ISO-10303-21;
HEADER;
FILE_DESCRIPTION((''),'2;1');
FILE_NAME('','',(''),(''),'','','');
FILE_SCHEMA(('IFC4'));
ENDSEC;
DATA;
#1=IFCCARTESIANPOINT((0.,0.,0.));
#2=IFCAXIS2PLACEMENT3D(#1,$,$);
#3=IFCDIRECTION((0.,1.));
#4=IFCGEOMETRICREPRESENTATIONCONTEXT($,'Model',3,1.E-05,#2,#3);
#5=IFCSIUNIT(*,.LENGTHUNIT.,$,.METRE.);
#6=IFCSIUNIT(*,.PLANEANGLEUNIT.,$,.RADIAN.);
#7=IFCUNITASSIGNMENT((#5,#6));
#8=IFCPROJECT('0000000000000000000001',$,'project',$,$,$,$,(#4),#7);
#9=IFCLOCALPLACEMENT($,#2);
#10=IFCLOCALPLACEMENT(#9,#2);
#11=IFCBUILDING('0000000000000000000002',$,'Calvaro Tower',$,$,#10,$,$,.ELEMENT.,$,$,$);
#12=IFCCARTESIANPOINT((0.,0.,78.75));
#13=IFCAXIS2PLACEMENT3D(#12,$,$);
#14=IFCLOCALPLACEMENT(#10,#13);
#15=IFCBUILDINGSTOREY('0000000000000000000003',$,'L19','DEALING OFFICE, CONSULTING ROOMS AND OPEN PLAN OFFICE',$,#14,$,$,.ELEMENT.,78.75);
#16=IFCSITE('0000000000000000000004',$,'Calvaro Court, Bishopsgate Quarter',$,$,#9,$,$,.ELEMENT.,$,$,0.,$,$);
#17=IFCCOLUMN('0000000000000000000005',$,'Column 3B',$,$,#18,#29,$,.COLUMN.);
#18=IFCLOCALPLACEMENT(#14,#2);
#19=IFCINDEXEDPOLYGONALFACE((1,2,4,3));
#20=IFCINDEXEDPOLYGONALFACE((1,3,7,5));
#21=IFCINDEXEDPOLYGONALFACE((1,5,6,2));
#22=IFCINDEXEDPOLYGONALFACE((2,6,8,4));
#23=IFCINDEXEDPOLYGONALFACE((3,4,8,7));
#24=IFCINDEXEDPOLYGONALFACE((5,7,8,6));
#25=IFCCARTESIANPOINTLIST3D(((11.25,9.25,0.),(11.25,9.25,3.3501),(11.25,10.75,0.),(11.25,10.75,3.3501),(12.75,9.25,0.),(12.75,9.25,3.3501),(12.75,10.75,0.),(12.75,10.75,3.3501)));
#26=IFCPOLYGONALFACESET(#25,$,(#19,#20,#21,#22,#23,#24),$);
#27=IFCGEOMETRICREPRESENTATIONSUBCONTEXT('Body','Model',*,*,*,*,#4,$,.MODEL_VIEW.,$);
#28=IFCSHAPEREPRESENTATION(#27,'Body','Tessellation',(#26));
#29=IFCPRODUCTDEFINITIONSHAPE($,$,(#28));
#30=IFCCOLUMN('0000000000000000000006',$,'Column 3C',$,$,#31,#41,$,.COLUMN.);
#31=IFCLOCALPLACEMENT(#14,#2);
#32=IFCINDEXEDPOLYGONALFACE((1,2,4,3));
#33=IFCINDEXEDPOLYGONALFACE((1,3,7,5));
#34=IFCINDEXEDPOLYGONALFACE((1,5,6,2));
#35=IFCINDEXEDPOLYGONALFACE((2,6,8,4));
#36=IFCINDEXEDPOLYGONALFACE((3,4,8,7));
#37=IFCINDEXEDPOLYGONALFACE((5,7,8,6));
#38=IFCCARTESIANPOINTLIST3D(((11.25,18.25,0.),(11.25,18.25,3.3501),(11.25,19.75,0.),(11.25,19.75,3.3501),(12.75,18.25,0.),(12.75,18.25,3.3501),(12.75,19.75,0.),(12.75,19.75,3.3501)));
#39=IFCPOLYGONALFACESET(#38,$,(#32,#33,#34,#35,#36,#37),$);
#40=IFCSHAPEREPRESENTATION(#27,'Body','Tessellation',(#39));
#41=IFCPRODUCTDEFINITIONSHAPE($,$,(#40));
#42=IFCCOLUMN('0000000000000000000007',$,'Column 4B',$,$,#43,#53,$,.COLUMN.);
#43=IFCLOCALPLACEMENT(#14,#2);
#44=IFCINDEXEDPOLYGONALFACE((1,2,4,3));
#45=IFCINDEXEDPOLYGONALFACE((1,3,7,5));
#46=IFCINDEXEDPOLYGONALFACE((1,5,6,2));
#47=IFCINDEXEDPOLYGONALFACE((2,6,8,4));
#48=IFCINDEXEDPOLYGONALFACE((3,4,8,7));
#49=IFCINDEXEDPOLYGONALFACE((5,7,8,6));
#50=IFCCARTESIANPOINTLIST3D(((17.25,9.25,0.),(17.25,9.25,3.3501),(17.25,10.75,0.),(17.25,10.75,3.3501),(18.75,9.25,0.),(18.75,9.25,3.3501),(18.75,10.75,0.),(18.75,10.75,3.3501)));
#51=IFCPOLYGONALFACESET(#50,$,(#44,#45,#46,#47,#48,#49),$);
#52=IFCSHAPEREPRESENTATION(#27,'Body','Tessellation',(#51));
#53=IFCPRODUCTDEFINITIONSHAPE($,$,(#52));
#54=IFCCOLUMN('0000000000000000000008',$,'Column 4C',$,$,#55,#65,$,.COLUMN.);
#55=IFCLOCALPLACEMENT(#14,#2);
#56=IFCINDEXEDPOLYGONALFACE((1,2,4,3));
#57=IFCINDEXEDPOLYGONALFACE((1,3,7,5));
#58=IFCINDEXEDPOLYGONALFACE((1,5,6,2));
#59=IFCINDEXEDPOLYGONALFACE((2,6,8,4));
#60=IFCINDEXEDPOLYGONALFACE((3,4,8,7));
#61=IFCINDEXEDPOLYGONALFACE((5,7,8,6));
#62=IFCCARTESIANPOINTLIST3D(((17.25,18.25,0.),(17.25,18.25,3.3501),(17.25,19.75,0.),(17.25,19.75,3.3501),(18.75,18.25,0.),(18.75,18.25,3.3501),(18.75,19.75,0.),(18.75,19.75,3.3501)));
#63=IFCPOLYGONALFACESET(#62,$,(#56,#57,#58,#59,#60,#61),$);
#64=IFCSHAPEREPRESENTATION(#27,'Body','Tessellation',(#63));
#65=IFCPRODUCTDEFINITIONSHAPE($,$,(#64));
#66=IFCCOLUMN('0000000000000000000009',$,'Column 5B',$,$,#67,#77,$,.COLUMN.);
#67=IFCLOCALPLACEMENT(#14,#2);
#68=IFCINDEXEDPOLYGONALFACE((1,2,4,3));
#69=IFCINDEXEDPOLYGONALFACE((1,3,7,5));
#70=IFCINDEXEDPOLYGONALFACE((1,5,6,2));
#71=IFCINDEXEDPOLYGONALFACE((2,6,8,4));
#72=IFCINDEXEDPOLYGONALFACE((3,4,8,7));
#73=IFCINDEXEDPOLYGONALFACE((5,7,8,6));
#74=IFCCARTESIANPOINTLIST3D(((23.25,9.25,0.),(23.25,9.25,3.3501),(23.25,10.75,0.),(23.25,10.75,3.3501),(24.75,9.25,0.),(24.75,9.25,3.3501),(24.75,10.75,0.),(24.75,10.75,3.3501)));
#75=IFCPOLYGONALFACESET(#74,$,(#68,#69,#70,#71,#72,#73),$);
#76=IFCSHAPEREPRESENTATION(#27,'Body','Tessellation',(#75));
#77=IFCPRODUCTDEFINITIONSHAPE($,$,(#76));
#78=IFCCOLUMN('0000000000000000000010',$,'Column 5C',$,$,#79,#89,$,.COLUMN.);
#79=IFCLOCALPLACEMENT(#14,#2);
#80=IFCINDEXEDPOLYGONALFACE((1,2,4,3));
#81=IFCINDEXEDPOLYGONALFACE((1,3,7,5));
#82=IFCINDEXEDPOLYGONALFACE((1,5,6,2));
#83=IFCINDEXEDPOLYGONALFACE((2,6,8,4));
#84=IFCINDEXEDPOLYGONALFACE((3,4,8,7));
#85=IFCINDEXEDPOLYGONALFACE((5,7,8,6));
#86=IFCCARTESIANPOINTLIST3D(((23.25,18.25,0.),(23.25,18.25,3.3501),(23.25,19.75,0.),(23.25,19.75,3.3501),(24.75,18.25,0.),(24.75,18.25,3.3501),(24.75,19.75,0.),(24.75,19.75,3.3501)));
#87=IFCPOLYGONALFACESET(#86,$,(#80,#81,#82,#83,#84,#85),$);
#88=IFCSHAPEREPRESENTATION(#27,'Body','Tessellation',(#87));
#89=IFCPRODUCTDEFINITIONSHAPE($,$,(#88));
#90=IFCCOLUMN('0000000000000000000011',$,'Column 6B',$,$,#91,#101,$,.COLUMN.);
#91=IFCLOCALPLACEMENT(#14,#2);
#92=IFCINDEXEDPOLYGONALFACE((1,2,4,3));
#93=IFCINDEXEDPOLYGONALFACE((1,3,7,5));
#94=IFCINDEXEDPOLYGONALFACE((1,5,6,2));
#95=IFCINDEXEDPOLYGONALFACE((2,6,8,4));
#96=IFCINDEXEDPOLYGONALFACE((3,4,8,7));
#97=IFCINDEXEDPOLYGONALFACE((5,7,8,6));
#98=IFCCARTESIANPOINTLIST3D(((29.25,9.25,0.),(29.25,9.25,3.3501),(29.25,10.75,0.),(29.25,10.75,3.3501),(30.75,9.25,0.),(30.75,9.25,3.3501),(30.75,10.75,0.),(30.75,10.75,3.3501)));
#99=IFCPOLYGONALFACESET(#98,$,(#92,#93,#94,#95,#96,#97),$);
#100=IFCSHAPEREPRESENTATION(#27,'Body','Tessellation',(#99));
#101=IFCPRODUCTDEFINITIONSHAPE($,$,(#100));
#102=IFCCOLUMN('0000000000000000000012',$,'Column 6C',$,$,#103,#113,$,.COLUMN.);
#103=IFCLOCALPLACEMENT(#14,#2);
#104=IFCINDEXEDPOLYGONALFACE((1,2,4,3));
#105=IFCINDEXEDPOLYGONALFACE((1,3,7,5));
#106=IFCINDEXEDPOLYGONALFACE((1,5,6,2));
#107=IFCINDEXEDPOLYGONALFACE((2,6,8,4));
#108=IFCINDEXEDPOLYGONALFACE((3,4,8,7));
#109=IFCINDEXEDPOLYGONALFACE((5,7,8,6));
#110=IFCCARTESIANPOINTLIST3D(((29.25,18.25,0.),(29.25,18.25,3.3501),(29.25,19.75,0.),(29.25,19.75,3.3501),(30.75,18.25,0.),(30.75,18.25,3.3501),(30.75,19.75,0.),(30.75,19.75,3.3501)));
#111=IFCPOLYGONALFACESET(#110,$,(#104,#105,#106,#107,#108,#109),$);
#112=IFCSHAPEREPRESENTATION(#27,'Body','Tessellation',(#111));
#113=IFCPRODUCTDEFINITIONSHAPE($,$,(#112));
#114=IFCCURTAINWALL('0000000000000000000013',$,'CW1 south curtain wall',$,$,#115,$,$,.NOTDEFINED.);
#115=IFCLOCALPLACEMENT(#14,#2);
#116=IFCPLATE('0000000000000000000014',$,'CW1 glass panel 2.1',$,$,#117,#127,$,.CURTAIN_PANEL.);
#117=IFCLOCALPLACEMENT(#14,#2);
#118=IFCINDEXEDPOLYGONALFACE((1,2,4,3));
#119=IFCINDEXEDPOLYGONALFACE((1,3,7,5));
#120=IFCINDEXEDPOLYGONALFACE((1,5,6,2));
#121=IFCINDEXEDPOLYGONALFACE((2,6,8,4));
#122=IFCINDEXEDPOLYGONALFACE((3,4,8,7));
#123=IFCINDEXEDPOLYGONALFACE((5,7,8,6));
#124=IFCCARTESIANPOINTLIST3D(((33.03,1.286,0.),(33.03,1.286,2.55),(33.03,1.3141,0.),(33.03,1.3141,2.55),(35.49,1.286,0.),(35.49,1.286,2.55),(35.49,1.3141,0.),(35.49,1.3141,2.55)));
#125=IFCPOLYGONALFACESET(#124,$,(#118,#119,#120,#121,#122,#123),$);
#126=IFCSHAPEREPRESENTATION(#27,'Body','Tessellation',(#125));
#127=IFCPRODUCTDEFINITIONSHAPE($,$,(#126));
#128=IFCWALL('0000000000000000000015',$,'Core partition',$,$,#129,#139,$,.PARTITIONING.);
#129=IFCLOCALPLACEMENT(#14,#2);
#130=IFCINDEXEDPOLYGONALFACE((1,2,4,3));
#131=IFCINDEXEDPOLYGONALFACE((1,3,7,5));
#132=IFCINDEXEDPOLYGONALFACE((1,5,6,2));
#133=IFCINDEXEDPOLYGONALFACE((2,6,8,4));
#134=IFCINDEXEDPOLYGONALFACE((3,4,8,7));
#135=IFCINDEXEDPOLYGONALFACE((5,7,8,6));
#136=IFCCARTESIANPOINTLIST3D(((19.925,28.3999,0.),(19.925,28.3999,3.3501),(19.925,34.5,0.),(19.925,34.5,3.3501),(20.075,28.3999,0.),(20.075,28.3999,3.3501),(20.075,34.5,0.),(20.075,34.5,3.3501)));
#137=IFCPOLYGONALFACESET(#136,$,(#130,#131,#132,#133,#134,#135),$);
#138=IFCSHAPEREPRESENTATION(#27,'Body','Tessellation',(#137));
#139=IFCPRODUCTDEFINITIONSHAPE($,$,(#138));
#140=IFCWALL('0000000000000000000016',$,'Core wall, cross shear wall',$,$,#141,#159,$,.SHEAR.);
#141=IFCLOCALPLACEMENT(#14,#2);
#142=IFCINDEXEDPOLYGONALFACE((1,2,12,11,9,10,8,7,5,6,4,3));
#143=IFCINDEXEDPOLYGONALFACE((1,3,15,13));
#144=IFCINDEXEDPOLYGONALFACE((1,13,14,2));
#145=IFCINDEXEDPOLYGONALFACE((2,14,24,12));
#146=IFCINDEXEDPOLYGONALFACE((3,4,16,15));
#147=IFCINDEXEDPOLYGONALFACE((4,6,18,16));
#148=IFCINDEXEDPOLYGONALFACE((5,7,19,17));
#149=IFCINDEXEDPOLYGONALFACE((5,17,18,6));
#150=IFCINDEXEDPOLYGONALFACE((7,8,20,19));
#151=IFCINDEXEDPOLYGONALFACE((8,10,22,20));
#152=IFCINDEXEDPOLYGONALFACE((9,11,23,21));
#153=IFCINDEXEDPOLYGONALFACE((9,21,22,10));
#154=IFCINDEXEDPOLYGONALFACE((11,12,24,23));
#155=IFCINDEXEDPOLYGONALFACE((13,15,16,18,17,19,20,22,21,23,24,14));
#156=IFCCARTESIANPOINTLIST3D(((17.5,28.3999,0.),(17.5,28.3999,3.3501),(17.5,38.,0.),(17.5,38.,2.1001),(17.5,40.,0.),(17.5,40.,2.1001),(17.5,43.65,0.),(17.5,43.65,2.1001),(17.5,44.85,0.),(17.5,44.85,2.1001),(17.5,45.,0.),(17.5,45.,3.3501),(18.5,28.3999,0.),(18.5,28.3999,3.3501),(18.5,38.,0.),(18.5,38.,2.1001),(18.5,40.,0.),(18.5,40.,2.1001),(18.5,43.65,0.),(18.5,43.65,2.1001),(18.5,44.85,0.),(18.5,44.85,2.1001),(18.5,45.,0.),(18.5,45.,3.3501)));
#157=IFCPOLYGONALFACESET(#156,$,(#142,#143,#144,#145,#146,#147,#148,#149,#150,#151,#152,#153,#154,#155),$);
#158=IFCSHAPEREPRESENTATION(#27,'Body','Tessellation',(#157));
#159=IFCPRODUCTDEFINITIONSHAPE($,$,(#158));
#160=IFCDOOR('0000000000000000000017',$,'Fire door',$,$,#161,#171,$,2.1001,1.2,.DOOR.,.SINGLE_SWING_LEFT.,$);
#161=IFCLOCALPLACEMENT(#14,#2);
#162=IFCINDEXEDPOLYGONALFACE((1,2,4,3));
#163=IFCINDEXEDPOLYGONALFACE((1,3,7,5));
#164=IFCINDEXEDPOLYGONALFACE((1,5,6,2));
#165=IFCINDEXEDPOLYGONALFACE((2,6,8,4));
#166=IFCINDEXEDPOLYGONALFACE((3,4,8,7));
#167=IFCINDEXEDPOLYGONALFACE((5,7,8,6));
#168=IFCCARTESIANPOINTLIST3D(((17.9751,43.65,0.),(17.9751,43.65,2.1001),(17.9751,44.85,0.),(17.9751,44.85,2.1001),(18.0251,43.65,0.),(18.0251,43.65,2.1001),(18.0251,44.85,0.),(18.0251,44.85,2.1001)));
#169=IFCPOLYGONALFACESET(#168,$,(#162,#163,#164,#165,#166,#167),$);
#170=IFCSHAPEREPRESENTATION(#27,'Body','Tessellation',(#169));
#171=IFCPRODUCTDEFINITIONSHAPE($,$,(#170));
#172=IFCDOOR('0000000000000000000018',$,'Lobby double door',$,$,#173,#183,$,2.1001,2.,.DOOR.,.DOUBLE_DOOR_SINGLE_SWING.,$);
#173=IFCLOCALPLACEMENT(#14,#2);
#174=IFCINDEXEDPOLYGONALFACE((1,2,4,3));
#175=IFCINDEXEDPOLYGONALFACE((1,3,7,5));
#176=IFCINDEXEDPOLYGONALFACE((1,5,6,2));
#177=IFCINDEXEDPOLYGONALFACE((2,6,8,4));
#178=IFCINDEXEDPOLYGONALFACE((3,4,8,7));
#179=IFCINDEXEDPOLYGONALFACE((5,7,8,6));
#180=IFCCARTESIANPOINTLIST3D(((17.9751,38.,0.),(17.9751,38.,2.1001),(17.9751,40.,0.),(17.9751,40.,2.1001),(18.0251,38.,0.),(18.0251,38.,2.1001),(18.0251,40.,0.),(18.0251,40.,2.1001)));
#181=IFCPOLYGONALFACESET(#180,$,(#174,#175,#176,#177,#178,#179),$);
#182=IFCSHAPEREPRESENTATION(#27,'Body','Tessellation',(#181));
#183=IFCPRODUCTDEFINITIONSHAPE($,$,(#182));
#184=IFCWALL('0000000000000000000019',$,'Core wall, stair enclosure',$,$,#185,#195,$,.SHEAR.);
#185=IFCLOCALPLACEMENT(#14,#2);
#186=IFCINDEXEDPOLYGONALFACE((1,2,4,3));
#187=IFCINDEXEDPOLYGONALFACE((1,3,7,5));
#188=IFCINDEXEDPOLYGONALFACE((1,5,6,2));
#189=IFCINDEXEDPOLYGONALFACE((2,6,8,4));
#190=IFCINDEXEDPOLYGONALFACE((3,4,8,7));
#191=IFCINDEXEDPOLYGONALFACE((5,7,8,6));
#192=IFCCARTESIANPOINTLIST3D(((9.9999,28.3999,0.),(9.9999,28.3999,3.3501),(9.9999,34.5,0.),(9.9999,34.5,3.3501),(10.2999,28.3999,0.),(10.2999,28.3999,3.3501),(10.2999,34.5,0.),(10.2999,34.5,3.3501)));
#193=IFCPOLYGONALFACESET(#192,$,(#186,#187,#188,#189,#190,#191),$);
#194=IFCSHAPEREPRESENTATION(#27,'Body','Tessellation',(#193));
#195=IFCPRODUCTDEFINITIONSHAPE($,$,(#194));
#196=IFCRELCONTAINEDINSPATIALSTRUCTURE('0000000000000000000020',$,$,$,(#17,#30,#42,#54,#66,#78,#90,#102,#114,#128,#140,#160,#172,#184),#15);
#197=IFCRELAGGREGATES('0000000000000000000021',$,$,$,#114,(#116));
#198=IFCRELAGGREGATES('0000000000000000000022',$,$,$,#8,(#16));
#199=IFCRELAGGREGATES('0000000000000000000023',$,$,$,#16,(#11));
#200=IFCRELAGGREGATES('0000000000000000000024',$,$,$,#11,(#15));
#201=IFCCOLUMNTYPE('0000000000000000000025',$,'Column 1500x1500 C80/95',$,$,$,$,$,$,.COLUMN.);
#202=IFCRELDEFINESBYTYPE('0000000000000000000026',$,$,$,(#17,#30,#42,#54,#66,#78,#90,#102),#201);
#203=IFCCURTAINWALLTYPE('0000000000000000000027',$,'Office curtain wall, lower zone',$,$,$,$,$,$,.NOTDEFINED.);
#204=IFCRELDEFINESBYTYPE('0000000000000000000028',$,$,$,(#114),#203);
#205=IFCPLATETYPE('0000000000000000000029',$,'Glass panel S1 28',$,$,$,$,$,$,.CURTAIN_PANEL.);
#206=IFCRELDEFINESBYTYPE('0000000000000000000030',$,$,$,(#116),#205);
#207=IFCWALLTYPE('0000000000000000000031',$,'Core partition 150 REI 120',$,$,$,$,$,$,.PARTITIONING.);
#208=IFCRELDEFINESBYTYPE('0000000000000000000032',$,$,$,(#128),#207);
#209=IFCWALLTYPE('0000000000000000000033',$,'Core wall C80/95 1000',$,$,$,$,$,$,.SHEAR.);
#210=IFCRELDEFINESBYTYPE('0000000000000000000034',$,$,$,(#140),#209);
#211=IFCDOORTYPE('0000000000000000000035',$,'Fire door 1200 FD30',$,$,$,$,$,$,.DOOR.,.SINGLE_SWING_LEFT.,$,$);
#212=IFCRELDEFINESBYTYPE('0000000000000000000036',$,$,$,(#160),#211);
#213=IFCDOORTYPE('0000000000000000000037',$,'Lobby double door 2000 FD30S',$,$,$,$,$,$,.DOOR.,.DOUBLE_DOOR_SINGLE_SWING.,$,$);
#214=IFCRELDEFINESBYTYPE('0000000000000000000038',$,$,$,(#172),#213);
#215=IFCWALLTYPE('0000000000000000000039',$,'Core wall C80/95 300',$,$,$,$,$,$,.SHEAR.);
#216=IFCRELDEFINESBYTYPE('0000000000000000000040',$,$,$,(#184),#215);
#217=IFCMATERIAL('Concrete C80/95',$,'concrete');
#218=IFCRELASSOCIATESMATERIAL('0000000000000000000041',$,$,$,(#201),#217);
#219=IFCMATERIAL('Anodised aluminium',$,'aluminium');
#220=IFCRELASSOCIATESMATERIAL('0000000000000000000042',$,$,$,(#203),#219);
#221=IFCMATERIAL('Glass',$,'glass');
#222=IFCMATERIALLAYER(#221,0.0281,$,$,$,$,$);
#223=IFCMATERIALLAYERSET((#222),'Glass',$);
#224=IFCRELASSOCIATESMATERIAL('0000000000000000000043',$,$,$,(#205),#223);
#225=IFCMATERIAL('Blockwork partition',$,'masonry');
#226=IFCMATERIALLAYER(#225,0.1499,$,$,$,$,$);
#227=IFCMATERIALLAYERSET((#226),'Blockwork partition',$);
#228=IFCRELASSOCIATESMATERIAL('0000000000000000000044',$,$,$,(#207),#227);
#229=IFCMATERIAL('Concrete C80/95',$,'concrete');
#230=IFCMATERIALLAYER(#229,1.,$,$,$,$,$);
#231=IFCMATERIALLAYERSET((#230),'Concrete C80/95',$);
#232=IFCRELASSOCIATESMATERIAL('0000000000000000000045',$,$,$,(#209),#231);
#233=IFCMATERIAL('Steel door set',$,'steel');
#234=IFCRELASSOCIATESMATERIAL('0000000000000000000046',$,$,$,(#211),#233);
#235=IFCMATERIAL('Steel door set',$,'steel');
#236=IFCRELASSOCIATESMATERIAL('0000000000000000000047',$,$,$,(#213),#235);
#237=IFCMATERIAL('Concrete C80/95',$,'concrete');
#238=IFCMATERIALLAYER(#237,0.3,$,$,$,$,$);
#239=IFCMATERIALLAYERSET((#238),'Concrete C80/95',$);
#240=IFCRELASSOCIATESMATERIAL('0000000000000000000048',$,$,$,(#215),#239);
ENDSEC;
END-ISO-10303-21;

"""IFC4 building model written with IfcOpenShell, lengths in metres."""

from ifc_helpers import new_model, si_unit, direction, frame, frame_2d, origin, origin_2d, place, context, subcontext, project, spatial, rectangle, extrude, material, layer, layer_set, material_profile, profile_set, type_object, element, fill, aggregate, save


model = new_model("IFC4")

# Units and contexts
model_context = context("Model", 3, precision=1e-05, world=origin(), true_north=direction((0.0, 1.0)))
body_context = subcontext(model_context, "Body", "Model", "MODEL_VIEW")
ifc_project = project(units=[si_unit("LENGTHUNIT", "METRE"), si_unit("PLANEANGLEUNIT", "RADIAN")], contexts=[model_context])

# Site, building, storey
site_placement = place(None, origin())
site = spatial("IfcSite", under=ifc_project, at=site_placement, Name="Calvaro Court, Bishopsgate Quarter", CompositionType="ELEMENT", RefElevation=0.0)
building_placement = place(site_placement, origin())
building = spatial("IfcBuilding", under=site, at=building_placement, Name="Calvaro Tower", CompositionType="ELEMENT")
storey_placement = place(building_placement, frame((0.0, 0.0, 78.75)))
storey = spatial("IfcBuildingStorey", under=building, at=storey_placement, Name="L19", Description="DEALING OFFICE, CONSULTING ROOMS AND OPEN PLAN OFFICE", CompositionType="ELEMENT", Elevation=78.75)

# Columns
ifc_material_1 = material(Name="Concrete C80/95", Category="concrete")
ifc_material_profile = material_profile(ifc_material_1, rectangle(XDim=1.5, YDim=1.5, at=origin_2d()), Name="RC 1500x1500")
ifc_profile_set = profile_set([ifc_material_profile], Name="Concrete C80/95")
column_type = type_object("IfcColumnType", Name="Column 1500x1500 C80/95", PredefinedType="COLUMN", material=ifc_profile_set)
for number, where, z_axis, x_axis, name in (
    (1, (12.0, 10.0, 0.0), (0.0, 0.0, 1.0), (1.0, 0.0, 0.0), "Column 3B"),
    (2, (12.0, 19.0, 0.0), (0.0, 0.0, 1.0), (1.0, 0.0, 0.0), "Column 3C"),
    (3, (18.0, 10.0, 0.0), (0.0, 0.0, 1.0), (1.0, 0.0, 0.0), "Column 4B"),
    (4, (18.0, 19.0, 0.0), (0.0, 0.0, 1.0), (1.0, 0.0, 0.0), "Column 4C"),
    (5, (24.0, 10.0, 0.0), (0.0, 0.0, 1.0), (1.0, 0.0, 0.0), "Column 5B"),
    (6, (24.0, 19.0, 0.0), (0.0, 0.0, 1.0), (1.0, 0.0, 0.0), "Column 5C"),
    (7, (30.0, 10.0, 0.0), (0.0, 0.0, 1.0), (1.0, 0.0, 0.0), "Column 6B"),
    (8, (30.0, 19.0, 0.0), (0.0, 0.0, 1.0), (1.0, 0.0, 0.0), "Column 6C"),
):
    element("IfcColumn", number, at=place(storey_placement, frame(where, z_axis=z_axis, x_axis=x_axis)), inside=storey, type_object=column_type, Name=name, PredefinedType="COLUMN", context=body_context, shape_type="SweptSolid", body=[
        extrude(rectangle(XDim=1.5, YDim=1.5, at=origin_2d()), origin(), (0.0, 0.0, 1.0), 3.3501),
    ])

# Curtain wall, plate
ifc_material_2 = material(Name="Anodised aluminium", Category="aluminium")
curtain_wall_type = type_object("IfcCurtainWallType", Name="Office curtain wall, lower zone", PredefinedType="NOTDEFINED", material=ifc_material_2)
curtain_wall_placement = place(storey_placement, origin())
curtain_wall = element("IfcCurtainWall", 9, at=curtain_wall_placement, inside=storey, type_object=curtain_wall_type, Name="CW1 south curtain wall", PredefinedType="NOTDEFINED")
ifc_material_3 = material(Name="Glass", Category="glass")
ifc_layer_1 = layer(ifc_material_3, 0.0281)
ifc_layer_set_1 = layer_set([ifc_layer_1], Name="Glass")
plate_type = type_object("IfcPlateType", Name="Glass panel S1 28", PredefinedType="CURTAIN_PANEL", material=ifc_layer_set_1)
plate_placement = place(storey_placement, frame((34.26, 1.3, 0.0), z_axis=(0.0, 0.0, 1.0), x_axis=(1.0, 0.0, 0.0)))
plate = element("IfcPlate", 10, at=plate_placement, type_object=plate_type, Name="CW1 glass panel 2.1", PredefinedType="CURTAIN_PANEL", context=body_context, shape_type="SweptSolid", body=[
    extrude(rectangle(XDim=2.46, YDim=0.0281, at=origin_2d()), origin(), (0.0, 0.0, 1.0), 2.55),
])
aggregate(curtain_wall, [plate])

# Wall
ifc_material_4 = material(Name="Blockwork partition", Category="masonry")
ifc_layer_2 = layer(ifc_material_4, 0.1499)
ifc_layer_set_2 = layer_set([ifc_layer_2], Name="Blockwork partition")
wall_type_1 = type_object("IfcWallType", Name="Core partition 150 REI 120", PredefinedType="PARTITIONING", material=ifc_layer_set_2)
wall_1_placement = place(storey_placement, frame((20.0, 28.3999, 0.0), z_axis=(0.0, 0.0, 1.0), x_axis=(0.0, 1.0, 0.0)))
element("IfcWall", 11, at=wall_1_placement, inside=storey, type_object=wall_type_1, Name="Core partition", PredefinedType="PARTITIONING", context=body_context, shape_type="SweptSolid", body=[
    extrude(rectangle(XDim=6.1001, YDim=0.1499, at=frame_2d((3.05, 0.0))), origin(), (0.0, 0.0, 1.0), 3.3501),
])

# Wall, openings, doors
ifc_material_5 = material(Name="Concrete C80/95", Category="concrete")
ifc_layer_3 = layer(ifc_material_5, 1.0)
ifc_layer_set_3 = layer_set([ifc_layer_3], Name="Concrete C80/95")
wall_type_2 = type_object("IfcWallType", Name="Core wall C80/95 1000", PredefinedType="SHEAR", material=ifc_layer_set_3)
wall_2_placement = place(storey_placement, frame((18.0, 28.3999, 0.0), z_axis=(0.0, 0.0, 1.0), x_axis=(0.0, 1.0, 0.0)))
wall_2 = element("IfcWall", 12, at=wall_2_placement, inside=storey, type_object=wall_type_2, Name="Core wall, cross shear wall", PredefinedType="SHEAR", context=body_context, shape_type="SweptSolid", body=[
    extrude(rectangle(XDim=16.6001, YDim=1.0, at=frame_2d((8.3, 0.0))), origin(), (0.0, 0.0, 1.0), 3.3501),
])
opening_1_placement = place(wall_2_placement, frame((9.6001, 0.0, 0.0)))
opening_1 = element("IfcOpeningElement", 13, at=opening_1_placement, cuts=wall_2, PredefinedType="OPENING", context=body_context, shape_type="SweptSolid", body=[
    extrude(rectangle(XDim=2.0, YDim=2.1001, at=frame_2d((1.0, 1.05))), frame((0.0, 0.51, 0.0), z_axis=(0.0, -1.0, 0.0), x_axis=(1.0, 0.0, 0.0)), (0.0, 0.0, 1.0), 1.02),
])
opening_2_placement = place(wall_2_placement, frame((15.25, 0.0, 0.0)))
opening_2 = element("IfcOpeningElement", 14, at=opening_2_placement, cuts=wall_2, PredefinedType="OPENING", context=body_context, shape_type="SweptSolid", body=[
    extrude(rectangle(XDim=1.2, YDim=2.1001, at=frame_2d((0.6001, 1.05))), frame((0.0, 0.51, 0.0), z_axis=(0.0, -1.0, 0.0), x_axis=(1.0, 0.0, 0.0)), (0.0, 0.0, 1.0), 1.02),
])
ifc_material_6 = material(Name="Steel door set", Category="steel")
door_type_1 = type_object("IfcDoorType", Name="Fire door 1200 FD30", OperationType="SINGLE_SWING_LEFT", PredefinedType="DOOR", material=ifc_material_6)
door_1_placement = place(opening_2_placement, origin())
door_1 = element("IfcDoor", 15, at=door_1_placement, inside=storey, type_object=door_type_1, Name="Fire door", OperationType="SINGLE_SWING_LEFT", OverallHeight=2.1001, OverallWidth=1.2, PredefinedType="DOOR", context=body_context, shape_type="SweptSolid", body=[
    extrude(rectangle(XDim=1.2, YDim=2.1001, at=frame_2d((0.6001, 1.05))), frame((0.0, 0.0249, 0.0), z_axis=(0.0, -1.0, 0.0), x_axis=(1.0, 0.0, 0.0)), (0.0, 0.0, 1.0), 0.05),
])
fill(opening_2, door_1)
ifc_material_7 = material(Name="Steel door set", Category="steel")
door_type_2 = type_object("IfcDoorType", Name="Lobby double door 2000 FD30S", OperationType="DOUBLE_DOOR_SINGLE_SWING", PredefinedType="DOOR", material=ifc_material_7)
door_2_placement = place(opening_1_placement, origin())
door_2 = element("IfcDoor", 16, at=door_2_placement, inside=storey, type_object=door_type_2, Name="Lobby double door", OperationType="DOUBLE_DOOR_SINGLE_SWING", OverallHeight=2.1001, OverallWidth=2.0, PredefinedType="DOOR", context=body_context, shape_type="SweptSolid", body=[
    extrude(rectangle(XDim=2.0, YDim=2.1001, at=frame_2d((1.0, 1.05))), frame((0.0, 0.0249, 0.0), z_axis=(0.0, -1.0, 0.0), x_axis=(1.0, 0.0, 0.0)), (0.0, 0.0, 1.0), 0.05),
])
fill(opening_1, door_2)

# Wall
ifc_material_8 = material(Name="Concrete C80/95", Category="concrete")
ifc_layer_4 = layer(ifc_material_8, 0.3)
ifc_layer_set_4 = layer_set([ifc_layer_4], Name="Concrete C80/95")
wall_type_3 = type_object("IfcWallType", Name="Core wall C80/95 300", PredefinedType="SHEAR", material=ifc_layer_set_4)
for number, where, z_axis, x_axis, name in (
    (17, (10.1499, 28.3999, 0.0), (0.0, 0.0, 1.0), (0.0, 1.0, 0.0), "Core wall, stair enclosure"),
):
    element("IfcWall", number, at=place(storey_placement, frame(where, z_axis=z_axis, x_axis=x_axis)), inside=storey, type_object=wall_type_3, Name=name, PredefinedType="SHEAR", context=body_context, shape_type="SweptSolid", body=[
        extrude(rectangle(XDim=6.1001, YDim=0.3, at=frame_2d((3.05, 0.0))), origin(), (0.0, 0.0, 1.0), 3.3501),
    ])

save(model, "model.ifc")
